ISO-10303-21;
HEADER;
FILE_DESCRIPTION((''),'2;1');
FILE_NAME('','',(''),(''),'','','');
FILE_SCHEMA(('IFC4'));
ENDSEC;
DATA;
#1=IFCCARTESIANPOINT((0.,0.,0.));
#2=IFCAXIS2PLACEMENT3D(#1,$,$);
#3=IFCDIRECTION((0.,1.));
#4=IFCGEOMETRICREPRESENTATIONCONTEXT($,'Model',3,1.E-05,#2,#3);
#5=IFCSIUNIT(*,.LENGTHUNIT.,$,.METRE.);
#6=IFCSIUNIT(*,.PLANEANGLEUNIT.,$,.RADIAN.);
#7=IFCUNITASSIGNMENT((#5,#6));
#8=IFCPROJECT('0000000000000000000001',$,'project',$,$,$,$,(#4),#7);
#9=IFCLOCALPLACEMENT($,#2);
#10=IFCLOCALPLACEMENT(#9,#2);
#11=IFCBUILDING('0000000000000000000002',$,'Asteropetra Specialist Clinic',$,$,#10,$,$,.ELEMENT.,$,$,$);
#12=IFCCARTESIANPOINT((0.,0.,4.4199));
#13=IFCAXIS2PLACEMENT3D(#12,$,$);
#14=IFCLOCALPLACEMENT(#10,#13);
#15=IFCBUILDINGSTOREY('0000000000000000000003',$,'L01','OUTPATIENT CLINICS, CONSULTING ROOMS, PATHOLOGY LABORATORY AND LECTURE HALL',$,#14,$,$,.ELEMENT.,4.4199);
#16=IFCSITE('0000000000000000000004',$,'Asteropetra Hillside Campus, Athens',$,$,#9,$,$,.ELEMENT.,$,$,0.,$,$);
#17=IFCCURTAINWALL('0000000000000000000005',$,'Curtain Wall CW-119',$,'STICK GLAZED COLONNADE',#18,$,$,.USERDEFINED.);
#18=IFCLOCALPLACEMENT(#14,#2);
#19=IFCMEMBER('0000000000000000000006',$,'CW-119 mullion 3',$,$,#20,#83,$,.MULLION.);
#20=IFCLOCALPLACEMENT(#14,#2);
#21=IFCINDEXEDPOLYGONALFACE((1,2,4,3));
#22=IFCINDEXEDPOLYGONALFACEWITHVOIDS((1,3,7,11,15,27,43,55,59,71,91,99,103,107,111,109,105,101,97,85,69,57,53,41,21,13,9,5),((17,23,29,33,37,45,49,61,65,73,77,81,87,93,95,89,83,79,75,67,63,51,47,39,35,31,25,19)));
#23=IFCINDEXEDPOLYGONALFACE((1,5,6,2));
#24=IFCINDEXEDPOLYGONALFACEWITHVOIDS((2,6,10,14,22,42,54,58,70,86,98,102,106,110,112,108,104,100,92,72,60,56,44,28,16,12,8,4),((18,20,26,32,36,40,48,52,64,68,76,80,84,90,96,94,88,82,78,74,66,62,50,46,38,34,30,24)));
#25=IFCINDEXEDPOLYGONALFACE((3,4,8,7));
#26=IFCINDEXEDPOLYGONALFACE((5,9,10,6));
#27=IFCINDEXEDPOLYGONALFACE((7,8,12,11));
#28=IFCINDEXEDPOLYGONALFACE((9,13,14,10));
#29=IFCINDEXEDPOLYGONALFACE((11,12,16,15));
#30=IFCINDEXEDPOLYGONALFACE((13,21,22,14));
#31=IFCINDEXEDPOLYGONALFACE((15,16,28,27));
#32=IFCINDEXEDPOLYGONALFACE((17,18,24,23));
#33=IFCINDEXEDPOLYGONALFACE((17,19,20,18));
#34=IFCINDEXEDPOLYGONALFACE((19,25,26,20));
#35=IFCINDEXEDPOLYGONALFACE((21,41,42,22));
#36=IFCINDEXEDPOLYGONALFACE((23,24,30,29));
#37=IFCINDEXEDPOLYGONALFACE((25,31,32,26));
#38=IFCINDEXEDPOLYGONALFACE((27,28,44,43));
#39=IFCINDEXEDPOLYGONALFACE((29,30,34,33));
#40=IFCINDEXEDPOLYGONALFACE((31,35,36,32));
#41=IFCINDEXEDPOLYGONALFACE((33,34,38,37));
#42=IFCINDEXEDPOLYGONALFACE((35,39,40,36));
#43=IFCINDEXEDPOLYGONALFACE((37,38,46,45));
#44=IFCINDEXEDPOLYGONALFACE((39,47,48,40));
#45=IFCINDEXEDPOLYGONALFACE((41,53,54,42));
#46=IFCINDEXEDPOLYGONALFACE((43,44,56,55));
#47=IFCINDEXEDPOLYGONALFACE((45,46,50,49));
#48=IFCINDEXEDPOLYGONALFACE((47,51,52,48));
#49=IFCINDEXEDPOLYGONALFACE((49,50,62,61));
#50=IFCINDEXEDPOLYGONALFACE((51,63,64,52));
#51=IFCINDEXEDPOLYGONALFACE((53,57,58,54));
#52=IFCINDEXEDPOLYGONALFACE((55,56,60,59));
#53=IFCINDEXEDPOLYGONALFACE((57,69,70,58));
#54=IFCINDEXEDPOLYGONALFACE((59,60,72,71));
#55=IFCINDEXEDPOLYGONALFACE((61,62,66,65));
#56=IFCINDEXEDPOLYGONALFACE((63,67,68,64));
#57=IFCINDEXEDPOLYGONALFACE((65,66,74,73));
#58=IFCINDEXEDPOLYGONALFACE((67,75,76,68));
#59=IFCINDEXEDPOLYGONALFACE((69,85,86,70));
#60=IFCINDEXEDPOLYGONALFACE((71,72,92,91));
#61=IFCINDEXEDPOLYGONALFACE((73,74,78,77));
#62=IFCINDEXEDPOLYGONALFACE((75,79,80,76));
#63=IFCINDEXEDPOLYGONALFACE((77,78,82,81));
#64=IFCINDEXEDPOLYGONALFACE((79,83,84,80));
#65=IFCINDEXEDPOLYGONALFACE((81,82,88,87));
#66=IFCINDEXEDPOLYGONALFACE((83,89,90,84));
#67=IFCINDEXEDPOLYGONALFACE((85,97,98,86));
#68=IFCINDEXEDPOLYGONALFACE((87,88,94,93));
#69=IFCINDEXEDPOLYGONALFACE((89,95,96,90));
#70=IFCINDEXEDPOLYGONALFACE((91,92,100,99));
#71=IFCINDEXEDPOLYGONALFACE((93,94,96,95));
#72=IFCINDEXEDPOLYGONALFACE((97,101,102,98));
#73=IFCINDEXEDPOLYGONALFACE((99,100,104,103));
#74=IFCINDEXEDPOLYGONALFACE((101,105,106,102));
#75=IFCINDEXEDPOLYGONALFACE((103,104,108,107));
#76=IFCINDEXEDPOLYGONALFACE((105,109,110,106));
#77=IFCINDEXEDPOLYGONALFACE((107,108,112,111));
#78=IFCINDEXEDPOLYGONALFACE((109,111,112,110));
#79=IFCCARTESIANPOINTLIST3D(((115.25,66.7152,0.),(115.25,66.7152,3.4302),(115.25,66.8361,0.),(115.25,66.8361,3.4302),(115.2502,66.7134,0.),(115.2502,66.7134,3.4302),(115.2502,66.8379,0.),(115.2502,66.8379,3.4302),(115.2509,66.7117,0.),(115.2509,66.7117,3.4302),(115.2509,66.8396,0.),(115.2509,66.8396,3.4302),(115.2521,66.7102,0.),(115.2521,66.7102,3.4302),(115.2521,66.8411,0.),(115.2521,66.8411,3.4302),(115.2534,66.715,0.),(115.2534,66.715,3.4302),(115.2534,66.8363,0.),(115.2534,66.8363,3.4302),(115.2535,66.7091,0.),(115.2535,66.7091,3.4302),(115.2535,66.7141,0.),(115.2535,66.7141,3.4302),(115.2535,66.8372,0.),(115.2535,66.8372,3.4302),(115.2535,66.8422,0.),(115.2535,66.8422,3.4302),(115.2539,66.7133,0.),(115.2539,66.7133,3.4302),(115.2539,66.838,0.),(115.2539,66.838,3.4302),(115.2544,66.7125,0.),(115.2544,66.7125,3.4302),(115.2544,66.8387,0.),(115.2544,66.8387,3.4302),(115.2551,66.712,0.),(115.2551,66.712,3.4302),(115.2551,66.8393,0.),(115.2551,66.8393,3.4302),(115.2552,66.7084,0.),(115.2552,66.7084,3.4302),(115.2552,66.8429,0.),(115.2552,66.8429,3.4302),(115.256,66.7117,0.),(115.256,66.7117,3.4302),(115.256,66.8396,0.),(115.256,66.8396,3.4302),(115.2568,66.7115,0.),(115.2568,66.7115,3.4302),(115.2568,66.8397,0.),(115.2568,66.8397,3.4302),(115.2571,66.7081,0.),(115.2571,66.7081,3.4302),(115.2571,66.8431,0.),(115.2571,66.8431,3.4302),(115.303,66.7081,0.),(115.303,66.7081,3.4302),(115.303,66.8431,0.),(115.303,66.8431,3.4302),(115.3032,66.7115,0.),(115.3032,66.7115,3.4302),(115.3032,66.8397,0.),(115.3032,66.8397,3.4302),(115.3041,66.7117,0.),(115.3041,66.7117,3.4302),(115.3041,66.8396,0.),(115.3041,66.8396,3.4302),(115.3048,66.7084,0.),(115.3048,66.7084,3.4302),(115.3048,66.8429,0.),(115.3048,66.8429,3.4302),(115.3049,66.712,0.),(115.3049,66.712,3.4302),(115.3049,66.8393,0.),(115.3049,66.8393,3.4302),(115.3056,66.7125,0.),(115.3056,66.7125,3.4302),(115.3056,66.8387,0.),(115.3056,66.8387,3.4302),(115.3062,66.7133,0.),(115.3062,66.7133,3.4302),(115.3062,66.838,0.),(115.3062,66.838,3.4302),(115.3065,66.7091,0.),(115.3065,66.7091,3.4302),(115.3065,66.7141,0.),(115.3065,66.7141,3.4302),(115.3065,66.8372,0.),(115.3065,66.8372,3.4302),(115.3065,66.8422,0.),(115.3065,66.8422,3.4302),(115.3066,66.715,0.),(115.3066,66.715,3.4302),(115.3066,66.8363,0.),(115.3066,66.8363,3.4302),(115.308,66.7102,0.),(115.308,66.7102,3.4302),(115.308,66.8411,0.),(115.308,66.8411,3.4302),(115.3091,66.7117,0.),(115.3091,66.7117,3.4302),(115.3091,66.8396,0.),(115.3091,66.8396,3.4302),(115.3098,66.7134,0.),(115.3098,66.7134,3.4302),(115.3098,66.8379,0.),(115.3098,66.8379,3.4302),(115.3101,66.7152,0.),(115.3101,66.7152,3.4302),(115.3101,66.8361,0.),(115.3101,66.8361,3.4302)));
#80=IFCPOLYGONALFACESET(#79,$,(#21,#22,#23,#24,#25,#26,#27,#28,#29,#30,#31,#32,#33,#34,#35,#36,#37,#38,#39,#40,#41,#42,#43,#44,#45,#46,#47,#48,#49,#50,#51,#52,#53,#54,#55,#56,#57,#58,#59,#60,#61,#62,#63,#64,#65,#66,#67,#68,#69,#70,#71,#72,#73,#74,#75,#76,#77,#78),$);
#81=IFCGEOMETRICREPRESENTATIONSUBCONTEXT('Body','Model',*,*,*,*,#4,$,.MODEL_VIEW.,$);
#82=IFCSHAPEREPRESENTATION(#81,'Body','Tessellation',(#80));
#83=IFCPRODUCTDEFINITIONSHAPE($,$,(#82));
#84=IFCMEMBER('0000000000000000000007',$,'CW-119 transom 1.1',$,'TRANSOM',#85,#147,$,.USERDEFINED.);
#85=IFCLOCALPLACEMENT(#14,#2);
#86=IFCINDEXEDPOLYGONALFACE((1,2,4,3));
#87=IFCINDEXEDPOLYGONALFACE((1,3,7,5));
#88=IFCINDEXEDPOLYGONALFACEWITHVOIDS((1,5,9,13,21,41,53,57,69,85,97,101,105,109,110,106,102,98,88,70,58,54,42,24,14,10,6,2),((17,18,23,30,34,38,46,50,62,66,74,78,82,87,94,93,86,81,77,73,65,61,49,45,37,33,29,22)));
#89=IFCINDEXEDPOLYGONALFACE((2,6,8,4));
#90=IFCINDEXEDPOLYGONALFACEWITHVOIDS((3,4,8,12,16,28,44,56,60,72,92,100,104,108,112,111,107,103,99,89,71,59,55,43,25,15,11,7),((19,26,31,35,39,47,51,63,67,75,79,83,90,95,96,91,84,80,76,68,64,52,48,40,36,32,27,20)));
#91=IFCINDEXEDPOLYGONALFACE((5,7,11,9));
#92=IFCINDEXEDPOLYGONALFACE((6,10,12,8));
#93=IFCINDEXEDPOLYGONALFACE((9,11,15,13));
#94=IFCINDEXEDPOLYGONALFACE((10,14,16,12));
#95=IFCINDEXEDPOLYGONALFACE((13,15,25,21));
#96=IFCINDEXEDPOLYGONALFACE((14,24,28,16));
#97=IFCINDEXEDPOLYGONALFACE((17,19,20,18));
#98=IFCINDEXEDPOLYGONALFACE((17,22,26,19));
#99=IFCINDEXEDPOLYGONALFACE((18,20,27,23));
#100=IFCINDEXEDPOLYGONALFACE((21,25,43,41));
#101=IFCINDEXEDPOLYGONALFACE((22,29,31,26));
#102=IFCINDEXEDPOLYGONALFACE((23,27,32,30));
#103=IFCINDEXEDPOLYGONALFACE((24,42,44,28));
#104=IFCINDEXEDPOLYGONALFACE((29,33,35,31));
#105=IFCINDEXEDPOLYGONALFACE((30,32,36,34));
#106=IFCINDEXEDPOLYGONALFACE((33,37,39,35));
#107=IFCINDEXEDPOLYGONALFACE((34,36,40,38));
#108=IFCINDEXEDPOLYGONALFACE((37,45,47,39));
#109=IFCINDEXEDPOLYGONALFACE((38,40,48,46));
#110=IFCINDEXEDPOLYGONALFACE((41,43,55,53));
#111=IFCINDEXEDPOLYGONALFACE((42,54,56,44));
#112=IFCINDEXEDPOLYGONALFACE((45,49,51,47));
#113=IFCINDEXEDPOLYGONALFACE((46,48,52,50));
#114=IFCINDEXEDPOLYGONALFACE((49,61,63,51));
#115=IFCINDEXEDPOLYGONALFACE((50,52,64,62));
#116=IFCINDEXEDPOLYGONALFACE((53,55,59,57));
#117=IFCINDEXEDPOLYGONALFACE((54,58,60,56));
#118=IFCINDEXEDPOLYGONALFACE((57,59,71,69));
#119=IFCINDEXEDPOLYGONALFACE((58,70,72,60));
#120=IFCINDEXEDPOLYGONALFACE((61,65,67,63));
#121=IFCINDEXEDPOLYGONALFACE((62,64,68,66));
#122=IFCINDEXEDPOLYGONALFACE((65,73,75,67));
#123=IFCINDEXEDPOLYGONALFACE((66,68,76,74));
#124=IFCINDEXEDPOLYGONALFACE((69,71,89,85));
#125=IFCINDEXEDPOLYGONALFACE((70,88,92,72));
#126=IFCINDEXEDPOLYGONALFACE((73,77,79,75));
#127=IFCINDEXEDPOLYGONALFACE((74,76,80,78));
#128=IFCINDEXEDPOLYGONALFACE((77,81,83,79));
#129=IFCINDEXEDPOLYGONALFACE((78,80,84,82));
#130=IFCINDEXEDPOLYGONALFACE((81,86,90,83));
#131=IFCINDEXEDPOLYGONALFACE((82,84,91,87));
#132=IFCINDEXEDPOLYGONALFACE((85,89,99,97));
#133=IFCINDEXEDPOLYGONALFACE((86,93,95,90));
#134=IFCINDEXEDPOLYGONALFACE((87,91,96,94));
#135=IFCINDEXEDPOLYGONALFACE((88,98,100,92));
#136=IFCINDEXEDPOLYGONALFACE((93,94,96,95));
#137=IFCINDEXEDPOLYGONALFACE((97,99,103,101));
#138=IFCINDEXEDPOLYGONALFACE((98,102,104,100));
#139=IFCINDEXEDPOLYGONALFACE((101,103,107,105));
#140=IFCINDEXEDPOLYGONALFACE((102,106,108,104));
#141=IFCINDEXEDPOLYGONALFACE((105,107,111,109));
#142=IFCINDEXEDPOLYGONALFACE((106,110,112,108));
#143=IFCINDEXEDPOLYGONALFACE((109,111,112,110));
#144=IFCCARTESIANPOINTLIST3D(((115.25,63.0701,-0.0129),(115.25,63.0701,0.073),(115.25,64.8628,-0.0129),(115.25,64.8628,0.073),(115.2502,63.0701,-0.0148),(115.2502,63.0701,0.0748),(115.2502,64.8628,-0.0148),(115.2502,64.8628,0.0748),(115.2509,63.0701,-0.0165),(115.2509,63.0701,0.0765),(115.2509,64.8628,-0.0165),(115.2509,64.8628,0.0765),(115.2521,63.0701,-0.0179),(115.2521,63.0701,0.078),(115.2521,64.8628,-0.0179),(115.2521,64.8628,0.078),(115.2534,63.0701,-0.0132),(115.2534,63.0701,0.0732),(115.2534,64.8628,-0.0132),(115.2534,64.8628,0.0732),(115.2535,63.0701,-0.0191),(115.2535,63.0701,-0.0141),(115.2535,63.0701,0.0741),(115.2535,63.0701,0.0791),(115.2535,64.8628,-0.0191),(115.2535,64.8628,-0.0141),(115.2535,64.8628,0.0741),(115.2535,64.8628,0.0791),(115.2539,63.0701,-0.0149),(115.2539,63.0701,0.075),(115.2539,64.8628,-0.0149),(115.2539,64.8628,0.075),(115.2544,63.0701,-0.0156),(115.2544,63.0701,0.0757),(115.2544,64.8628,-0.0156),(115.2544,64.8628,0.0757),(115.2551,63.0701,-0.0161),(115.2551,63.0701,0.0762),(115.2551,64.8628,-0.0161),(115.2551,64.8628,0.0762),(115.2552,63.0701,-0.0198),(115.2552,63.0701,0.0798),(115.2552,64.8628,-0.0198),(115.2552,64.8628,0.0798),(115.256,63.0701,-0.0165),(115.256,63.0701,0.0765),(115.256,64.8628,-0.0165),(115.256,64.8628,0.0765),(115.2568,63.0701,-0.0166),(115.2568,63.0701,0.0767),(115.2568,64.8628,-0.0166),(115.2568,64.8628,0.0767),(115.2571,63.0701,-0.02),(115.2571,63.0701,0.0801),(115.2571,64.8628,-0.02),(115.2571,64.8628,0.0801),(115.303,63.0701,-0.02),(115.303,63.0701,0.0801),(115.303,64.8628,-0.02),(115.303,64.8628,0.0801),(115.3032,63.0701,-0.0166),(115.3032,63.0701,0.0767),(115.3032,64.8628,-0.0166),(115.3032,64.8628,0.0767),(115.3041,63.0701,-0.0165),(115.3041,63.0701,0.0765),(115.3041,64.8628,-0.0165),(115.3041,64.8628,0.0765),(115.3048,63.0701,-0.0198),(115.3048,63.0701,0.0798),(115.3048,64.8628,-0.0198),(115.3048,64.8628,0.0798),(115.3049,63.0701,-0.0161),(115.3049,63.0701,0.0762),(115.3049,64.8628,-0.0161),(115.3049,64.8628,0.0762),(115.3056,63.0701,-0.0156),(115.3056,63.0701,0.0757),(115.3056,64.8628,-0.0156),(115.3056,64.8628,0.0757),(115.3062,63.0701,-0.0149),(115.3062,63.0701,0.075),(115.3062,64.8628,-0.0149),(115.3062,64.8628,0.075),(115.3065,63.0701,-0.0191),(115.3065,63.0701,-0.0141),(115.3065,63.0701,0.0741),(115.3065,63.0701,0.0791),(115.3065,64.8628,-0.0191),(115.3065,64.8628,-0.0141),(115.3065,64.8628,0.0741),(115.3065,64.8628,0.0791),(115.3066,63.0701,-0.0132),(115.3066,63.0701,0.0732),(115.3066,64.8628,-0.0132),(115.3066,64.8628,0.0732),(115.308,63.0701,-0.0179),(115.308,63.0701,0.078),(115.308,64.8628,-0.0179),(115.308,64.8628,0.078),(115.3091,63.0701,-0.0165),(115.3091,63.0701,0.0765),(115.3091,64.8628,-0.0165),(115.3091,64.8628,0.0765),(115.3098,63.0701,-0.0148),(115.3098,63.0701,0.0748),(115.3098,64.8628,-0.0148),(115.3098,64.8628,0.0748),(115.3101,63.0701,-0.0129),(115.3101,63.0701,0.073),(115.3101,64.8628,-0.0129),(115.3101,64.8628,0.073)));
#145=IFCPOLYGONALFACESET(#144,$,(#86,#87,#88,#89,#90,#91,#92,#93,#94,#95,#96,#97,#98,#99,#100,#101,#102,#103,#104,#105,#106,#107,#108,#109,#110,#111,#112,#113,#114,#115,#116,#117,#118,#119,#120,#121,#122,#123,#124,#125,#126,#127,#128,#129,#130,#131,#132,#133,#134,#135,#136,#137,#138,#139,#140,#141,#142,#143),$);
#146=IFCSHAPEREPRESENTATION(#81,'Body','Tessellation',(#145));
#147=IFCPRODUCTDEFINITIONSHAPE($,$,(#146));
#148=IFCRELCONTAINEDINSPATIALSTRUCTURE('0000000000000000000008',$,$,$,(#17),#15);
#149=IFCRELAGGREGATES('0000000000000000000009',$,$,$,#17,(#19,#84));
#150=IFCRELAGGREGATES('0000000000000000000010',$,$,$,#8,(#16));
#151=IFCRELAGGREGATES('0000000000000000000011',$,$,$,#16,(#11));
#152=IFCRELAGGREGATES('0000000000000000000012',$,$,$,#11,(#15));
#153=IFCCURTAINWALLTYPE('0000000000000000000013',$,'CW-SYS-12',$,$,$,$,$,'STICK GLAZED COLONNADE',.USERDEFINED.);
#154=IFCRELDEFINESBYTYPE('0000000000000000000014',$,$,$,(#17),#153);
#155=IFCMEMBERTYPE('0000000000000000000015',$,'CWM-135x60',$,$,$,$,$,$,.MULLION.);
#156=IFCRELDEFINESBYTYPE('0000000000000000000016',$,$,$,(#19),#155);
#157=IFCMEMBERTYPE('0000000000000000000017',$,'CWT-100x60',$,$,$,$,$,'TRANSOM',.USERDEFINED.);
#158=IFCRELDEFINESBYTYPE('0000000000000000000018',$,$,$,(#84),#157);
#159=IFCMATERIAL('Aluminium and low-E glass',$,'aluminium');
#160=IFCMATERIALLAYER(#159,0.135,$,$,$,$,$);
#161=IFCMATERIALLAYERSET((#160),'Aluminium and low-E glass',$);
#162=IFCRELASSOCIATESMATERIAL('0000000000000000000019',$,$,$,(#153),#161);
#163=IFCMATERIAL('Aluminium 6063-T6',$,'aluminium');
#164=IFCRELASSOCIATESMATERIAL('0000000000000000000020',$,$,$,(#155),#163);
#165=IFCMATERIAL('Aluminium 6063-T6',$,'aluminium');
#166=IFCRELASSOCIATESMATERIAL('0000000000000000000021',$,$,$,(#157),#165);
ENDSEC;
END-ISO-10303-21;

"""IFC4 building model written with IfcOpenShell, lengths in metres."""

from ifc_helpers import new_model, si_unit, direction, frame, origin, origin_2d, place, context, subcontext, project, spatial, hollow_rectangle, extrude, material, layer, layer_set, material_profile, profile_set, type_object, element, aggregate, save


model = new_model("IFC4")

# Units and contexts
model_context = context("Model", 3, precision=1e-05, world=origin(), true_north=direction((0.0, 1.0)))
body_context = subcontext(model_context, "Body", "Model", "MODEL_VIEW")
ifc_project = project(units=[si_unit("LENGTHUNIT", "METRE"), si_unit("PLANEANGLEUNIT", "RADIAN")], contexts=[model_context])

# Site, building, storey
site_placement = place(None, origin())
site = spatial("IfcSite", under=ifc_project, at=site_placement, Name="Asteropetra Hillside Campus, Athens", CompositionType="ELEMENT", RefElevation=0.0)
building_placement = place(site_placement, origin())
building = spatial("IfcBuilding", under=site, at=building_placement, Name="Asteropetra Specialist Clinic", CompositionType="ELEMENT")
storey_placement = place(building_placement, frame((0.0, 0.0, 4.4199)))
storey = spatial("IfcBuildingStorey", under=building, at=storey_placement, Name="L01", Description="OUTPATIENT CLINICS, CONSULTING ROOMS, PATHOLOGY LABORATORY AND LECTURE HALL", CompositionType="ELEMENT", Elevation=4.4199)

# Curtain wall, members
ifc_material_1 = material(Name="Aluminium and low-E glass", Category="aluminium")
ifc_layer_1 = layer(ifc_material_1, 0.135)
ifc_layer_set_1 = layer_set([ifc_layer_1], Name="Aluminium and low-E glass")
curtain_wall_type = type_object("IfcCurtainWallType", Name="CW-SYS-12", ElementType="STICK GLAZED COLONNADE", PredefinedType="USERDEFINED", material=ifc_layer_set_1)
curtain_wall_placement = place(storey_placement, origin())
curtain_wall = element("IfcCurtainWall", 1, at=curtain_wall_placement, inside=storey, type_object=curtain_wall_type, Name="Curtain Wall CW-119", ObjectType="STICK GLAZED COLONNADE", PredefinedType="USERDEFINED")
ifc_material_2 = material(Name="Aluminium 6063-T6", Category="aluminium")
ifc_material_profile_1 = material_profile(ifc_material_2, hollow_rectangle(XDim=0.0601, YDim=0.135, WallThickness=0.0034, InnerFilletRadius=0.0034, OuterFilletRadius=0.0071, at=origin_2d()), Name="MUL 135x60x3.5")
ifc_profile_set_1 = profile_set([ifc_material_profile_1], Name="Aluminium 6063-T6")
member_type_1 = type_object("IfcMemberType", Name="CWM-135x60", PredefinedType="MULLION", material=ifc_profile_set_1)
member_1_placement = place(storey_placement, frame((115.28, 66.7756, 0.0), z_axis=(0.0, 0.0, 1.0), x_axis=(-1.0, 0.0, 0.0)))
member_1 = element("IfcMember", 2, at=member_1_placement, type_object=member_type_1, Name="CW-119 mullion 3", PredefinedType="MULLION", context=body_context, shape_type="SweptSolid", body=[
    extrude(hollow_rectangle(XDim=0.0601, YDim=0.135, WallThickness=0.0034, InnerFilletRadius=0.0034, OuterFilletRadius=0.0071, at=origin_2d()), origin(), (0.0, 0.0, 1.0), 3.4302),
])
ifc_material_3 = material(Name="Aluminium 6063-T6", Category="aluminium")
ifc_material_profile_2 = material_profile(ifc_material_3, hollow_rectangle(XDim=0.0601, YDim=0.1001, WallThickness=0.0034, InnerFilletRadius=0.0034, OuterFilletRadius=0.0071, at=origin_2d()), Name="TRN 100x60x3.5")
ifc_profile_set_2 = profile_set([ifc_material_profile_2], Name="Aluminium 6063-T6")
member_type_2 = type_object("IfcMemberType", Name="CWT-100x60", ElementType="TRANSOM", PredefinedType="USERDEFINED", material=ifc_profile_set_2)
member_2_placement = place(storey_placement, frame((115.28, 63.0701, 0.03), z_axis=(0.0, 1.0, 0.0), x_axis=(-1.0, 0.0, 0.0)))
member_2 = element("IfcMember", 3, at=member_2_placement, type_object=member_type_2, Name="CW-119 transom 1.1", ObjectType="TRANSOM", PredefinedType="USERDEFINED", context=body_context, shape_type="SweptSolid", body=[
    extrude(hollow_rectangle(XDim=0.0601, YDim=0.1001, WallThickness=0.0034, InnerFilletRadius=0.0034, OuterFilletRadius=0.0071, at=origin_2d()), origin(), (0.0, 0.0, 1.0), 1.7927),
])
aggregate(curtain_wall, [member_1, member_2])

save(model, "model.ifc")
